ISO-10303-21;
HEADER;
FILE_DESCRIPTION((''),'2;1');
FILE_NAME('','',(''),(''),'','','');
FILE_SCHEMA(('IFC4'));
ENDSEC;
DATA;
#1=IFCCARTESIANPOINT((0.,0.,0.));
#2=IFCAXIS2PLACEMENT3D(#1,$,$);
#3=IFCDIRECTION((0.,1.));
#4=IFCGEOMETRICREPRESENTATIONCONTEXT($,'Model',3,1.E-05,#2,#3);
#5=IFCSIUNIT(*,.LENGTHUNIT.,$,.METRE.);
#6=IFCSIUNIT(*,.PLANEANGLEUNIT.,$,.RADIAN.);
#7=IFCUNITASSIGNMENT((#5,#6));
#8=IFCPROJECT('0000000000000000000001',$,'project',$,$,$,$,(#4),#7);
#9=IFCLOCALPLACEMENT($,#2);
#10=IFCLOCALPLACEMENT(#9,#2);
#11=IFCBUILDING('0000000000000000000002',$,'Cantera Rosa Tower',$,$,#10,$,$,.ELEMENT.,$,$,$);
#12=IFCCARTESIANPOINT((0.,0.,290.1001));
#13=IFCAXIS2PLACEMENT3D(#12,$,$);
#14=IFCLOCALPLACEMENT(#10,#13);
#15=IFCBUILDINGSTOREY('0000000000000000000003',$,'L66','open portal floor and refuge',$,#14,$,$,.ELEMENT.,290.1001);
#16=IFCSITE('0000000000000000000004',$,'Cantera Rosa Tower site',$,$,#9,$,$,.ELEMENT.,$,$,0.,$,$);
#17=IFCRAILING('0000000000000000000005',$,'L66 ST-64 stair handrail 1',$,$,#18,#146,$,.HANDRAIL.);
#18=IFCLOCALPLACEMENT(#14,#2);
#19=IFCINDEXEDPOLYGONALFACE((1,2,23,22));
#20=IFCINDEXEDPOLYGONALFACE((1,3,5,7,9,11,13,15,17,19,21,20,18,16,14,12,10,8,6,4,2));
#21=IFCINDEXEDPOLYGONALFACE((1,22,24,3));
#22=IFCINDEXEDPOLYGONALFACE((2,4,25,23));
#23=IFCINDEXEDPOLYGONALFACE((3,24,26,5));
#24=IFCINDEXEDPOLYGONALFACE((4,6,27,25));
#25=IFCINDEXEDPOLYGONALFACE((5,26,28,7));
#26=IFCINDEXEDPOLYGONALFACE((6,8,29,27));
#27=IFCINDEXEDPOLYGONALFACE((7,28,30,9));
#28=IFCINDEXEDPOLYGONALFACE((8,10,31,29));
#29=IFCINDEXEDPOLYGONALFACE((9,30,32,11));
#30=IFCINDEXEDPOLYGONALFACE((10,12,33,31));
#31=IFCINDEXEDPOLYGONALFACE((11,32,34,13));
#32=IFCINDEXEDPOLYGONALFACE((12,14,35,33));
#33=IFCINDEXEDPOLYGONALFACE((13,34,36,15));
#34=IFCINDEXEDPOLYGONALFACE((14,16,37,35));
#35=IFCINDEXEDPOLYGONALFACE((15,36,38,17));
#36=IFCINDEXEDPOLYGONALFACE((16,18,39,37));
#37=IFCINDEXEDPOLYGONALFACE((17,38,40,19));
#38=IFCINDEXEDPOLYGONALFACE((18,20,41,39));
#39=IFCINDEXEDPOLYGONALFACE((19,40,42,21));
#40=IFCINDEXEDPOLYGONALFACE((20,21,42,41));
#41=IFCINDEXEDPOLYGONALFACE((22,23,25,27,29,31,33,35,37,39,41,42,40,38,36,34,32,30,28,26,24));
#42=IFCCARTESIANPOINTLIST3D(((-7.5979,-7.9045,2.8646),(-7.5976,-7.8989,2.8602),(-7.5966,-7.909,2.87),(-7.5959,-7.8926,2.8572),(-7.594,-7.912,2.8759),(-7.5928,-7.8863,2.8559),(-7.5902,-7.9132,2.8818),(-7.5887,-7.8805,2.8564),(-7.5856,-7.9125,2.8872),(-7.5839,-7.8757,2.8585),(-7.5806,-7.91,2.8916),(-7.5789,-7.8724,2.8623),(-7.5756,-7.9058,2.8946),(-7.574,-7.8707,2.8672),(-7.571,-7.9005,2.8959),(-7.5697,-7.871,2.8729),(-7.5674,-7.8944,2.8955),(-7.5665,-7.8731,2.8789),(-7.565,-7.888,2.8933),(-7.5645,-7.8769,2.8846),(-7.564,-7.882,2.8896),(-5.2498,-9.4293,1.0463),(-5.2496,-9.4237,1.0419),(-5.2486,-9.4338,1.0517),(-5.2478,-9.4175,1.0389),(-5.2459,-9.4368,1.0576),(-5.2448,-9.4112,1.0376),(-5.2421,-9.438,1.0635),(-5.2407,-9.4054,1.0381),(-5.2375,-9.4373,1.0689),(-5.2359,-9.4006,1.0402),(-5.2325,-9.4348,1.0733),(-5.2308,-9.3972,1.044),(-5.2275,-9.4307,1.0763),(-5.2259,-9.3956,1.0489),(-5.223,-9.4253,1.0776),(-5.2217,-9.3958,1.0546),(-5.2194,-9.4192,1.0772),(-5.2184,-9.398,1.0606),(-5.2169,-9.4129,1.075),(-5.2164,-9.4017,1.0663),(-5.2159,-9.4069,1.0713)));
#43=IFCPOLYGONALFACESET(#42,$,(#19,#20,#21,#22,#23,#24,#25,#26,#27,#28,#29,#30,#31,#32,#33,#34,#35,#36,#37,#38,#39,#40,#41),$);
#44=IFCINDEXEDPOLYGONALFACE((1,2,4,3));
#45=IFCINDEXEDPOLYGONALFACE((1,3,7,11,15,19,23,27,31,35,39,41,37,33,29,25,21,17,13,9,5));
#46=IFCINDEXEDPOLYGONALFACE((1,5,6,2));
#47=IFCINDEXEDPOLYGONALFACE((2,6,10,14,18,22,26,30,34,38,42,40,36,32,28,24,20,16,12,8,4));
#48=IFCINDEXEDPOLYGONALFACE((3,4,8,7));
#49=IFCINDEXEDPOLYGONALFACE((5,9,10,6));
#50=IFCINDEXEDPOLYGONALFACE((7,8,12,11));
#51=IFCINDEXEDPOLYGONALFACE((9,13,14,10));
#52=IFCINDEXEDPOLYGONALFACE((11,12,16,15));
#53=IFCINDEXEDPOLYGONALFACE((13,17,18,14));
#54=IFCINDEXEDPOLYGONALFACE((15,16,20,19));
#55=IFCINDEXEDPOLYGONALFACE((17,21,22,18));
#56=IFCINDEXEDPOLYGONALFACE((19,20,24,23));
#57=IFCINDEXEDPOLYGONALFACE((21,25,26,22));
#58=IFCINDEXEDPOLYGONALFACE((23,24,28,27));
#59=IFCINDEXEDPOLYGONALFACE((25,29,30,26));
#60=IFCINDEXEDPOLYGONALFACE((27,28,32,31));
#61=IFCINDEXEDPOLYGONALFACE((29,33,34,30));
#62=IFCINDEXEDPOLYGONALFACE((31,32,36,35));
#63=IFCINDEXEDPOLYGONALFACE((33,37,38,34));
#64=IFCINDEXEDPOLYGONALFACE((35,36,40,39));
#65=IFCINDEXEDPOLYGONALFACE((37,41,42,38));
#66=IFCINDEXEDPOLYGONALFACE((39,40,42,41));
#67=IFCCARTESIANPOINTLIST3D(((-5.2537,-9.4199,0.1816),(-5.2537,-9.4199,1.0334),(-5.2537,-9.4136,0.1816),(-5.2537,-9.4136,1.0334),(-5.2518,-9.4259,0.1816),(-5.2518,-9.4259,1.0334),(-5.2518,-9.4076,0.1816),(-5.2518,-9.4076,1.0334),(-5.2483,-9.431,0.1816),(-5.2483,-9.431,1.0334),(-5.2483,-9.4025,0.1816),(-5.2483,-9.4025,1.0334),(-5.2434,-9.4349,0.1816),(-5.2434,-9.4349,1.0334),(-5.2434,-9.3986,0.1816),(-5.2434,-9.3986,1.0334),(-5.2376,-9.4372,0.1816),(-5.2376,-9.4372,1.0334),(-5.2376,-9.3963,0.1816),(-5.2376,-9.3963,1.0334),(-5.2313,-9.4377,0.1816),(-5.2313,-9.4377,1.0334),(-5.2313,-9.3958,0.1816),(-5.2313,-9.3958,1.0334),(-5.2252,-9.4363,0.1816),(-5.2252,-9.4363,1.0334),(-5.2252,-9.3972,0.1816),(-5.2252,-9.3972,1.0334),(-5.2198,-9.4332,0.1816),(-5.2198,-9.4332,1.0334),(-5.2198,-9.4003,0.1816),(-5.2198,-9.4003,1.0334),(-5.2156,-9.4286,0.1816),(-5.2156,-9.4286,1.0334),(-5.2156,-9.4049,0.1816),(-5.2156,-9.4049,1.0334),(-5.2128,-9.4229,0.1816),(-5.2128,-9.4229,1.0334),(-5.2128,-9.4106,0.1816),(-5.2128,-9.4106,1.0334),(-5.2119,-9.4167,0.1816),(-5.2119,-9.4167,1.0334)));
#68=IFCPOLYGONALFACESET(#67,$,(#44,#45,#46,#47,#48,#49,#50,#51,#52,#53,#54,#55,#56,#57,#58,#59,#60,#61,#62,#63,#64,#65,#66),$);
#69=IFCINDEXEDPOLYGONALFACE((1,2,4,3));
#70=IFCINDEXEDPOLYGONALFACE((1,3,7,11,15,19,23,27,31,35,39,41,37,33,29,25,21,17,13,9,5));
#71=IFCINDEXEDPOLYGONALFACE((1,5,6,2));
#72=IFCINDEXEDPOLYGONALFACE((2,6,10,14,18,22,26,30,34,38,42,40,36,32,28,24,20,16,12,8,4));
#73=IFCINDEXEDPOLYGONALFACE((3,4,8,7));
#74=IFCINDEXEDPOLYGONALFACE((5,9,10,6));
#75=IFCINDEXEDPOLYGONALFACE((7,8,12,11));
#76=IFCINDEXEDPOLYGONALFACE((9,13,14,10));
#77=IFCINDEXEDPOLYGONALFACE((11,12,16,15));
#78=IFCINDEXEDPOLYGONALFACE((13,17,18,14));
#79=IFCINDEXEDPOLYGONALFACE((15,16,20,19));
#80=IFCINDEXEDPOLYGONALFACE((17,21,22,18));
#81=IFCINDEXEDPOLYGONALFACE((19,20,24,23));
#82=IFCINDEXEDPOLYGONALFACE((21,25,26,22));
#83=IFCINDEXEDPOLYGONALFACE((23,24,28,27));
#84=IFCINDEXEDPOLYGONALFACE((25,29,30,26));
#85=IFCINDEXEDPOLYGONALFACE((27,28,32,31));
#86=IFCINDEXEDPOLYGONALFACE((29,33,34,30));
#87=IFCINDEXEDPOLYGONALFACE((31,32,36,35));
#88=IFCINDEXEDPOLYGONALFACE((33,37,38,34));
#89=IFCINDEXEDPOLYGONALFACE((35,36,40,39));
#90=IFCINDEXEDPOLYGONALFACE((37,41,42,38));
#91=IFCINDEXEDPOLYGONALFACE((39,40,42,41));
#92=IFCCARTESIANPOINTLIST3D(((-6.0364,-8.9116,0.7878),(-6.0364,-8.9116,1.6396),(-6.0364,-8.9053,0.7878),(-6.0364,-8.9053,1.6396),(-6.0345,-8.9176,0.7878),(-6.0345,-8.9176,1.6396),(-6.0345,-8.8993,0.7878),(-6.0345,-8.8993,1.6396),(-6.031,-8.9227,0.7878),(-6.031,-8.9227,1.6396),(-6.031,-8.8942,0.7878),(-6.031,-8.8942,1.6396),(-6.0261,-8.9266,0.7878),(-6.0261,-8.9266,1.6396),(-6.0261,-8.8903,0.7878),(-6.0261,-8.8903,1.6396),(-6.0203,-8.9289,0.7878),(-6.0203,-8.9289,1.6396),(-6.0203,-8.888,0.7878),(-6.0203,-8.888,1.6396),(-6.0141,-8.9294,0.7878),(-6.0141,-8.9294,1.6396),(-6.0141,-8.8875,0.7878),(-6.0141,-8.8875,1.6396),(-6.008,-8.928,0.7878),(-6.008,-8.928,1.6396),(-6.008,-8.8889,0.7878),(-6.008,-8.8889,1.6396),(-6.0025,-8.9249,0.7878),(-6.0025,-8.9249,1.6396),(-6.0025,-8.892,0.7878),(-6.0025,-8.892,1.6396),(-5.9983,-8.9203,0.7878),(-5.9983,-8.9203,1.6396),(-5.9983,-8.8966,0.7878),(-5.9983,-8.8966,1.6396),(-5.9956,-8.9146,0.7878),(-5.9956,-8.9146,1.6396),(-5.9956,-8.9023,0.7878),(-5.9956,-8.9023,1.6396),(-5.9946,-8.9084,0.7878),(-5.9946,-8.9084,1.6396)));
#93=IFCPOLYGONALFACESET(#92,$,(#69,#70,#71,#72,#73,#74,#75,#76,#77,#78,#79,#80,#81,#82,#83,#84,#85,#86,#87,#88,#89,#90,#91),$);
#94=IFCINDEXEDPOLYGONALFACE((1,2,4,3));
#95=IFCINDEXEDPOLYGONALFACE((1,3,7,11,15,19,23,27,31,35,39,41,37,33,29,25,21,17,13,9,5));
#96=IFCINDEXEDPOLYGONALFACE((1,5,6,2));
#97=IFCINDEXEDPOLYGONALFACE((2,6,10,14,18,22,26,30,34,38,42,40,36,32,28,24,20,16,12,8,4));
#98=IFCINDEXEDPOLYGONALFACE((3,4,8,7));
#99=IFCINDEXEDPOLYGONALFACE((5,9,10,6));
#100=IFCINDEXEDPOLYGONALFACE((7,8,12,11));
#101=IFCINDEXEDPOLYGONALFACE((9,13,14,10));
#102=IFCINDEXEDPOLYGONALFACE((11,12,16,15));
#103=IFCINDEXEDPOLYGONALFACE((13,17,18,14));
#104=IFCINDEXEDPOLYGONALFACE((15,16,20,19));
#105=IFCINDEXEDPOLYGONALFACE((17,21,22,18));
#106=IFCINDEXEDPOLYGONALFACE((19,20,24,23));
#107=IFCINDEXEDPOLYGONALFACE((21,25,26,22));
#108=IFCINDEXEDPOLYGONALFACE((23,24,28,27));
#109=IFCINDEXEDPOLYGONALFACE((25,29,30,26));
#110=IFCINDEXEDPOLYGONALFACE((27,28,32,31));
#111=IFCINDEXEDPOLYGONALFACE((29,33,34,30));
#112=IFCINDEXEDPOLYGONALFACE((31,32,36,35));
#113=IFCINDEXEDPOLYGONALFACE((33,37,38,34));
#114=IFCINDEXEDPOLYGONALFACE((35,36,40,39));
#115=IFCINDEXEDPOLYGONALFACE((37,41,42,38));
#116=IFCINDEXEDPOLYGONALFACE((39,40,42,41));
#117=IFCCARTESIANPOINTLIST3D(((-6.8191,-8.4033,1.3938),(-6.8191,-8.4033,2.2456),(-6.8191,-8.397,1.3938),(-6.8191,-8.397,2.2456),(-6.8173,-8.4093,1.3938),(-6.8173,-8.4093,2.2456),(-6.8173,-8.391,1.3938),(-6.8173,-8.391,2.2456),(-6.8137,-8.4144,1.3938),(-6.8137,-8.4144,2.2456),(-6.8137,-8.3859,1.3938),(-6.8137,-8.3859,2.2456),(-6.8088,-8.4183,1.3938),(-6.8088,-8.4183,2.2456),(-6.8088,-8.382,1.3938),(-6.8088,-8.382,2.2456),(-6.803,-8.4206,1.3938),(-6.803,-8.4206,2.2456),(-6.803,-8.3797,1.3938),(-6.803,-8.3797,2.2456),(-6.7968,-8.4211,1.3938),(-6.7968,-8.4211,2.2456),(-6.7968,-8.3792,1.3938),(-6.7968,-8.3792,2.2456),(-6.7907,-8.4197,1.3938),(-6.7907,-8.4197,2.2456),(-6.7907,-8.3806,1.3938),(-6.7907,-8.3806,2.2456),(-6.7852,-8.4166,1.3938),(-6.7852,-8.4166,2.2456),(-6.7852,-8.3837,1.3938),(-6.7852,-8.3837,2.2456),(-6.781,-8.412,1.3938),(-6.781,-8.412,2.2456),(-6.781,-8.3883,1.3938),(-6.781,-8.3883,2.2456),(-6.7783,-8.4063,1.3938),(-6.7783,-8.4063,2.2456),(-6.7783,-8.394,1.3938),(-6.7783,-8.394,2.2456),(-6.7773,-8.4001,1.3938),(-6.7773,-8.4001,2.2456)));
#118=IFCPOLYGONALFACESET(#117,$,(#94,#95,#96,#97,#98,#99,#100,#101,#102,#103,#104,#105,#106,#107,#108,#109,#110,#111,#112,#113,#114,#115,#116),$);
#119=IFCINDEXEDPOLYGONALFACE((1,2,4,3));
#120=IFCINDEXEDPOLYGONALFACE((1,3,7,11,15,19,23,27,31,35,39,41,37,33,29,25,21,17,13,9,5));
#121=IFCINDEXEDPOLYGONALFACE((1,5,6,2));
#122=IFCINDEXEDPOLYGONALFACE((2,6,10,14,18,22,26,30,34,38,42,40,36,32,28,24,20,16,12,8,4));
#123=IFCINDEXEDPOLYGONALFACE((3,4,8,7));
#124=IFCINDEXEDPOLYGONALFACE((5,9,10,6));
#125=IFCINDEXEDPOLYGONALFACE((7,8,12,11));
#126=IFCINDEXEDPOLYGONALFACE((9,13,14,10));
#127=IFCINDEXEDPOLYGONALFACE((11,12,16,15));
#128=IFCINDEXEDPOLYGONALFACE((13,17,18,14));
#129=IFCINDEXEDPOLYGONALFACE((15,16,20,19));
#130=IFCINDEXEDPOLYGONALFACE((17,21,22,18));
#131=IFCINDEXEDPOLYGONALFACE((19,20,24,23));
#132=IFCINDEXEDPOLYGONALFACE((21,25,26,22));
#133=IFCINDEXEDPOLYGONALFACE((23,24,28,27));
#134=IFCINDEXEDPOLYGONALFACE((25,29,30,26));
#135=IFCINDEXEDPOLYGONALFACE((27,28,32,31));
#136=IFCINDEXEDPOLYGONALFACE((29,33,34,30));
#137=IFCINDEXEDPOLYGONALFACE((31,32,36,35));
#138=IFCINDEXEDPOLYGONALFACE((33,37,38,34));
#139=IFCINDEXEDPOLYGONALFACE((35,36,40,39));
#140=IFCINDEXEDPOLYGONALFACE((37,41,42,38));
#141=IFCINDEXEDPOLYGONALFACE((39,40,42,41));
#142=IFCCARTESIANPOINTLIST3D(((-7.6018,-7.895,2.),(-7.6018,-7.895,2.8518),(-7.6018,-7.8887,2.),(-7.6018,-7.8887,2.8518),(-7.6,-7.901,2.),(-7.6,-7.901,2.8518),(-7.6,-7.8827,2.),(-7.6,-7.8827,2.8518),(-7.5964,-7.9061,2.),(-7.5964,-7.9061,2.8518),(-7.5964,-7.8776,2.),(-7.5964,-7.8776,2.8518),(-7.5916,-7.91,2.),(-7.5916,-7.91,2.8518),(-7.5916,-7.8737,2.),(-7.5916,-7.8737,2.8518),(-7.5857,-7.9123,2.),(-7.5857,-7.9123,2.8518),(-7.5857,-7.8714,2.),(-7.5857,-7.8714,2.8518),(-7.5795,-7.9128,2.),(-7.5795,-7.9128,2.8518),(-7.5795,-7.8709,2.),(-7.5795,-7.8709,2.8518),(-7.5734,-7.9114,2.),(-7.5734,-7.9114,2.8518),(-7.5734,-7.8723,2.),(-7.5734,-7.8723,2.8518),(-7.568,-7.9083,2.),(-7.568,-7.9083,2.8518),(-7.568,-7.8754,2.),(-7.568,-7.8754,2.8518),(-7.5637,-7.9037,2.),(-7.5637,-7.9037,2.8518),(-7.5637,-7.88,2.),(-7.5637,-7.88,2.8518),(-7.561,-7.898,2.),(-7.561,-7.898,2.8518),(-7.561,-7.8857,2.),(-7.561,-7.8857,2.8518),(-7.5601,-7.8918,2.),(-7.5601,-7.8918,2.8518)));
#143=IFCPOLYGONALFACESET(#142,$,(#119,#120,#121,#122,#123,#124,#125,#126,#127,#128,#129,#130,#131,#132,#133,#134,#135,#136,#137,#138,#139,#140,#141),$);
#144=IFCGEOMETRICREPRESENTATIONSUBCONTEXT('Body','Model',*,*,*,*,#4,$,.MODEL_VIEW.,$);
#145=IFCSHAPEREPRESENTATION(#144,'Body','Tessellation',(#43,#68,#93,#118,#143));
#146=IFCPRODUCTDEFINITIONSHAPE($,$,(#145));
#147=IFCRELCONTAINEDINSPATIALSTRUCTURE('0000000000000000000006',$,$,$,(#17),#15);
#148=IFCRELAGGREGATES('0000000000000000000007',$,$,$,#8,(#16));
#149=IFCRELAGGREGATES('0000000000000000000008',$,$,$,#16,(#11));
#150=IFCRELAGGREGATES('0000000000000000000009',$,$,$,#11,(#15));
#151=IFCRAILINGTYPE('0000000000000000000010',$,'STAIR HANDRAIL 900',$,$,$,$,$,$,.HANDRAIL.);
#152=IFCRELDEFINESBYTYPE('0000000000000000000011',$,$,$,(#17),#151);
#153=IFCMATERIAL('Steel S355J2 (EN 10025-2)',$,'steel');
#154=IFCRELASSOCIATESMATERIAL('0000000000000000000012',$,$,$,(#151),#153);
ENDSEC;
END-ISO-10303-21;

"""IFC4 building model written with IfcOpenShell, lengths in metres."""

from ifc_helpers import new_model, si_unit, direction, frame, origin, origin_2d, place, context, subcontext, project, spatial, circle, extrude, material, type_object, element, save


model = new_model("IFC4")

# Units and contexts
model_context = context("Model", 3, precision=1e-05, world=origin(), true_north=direction((0.0, 1.0)))
body_context = subcontext(model_context, "Body", "Model", "MODEL_VIEW")
ifc_project = project(units=[si_unit("LENGTHUNIT", "METRE"), si_unit("PLANEANGLEUNIT", "RADIAN")], contexts=[model_context])

# Site, building, storey
site_placement = place(None, origin())
site = spatial("IfcSite", under=ifc_project, at=site_placement, Name="Cantera Rosa Tower site", CompositionType="ELEMENT", RefElevation=0.0)
building_placement = place(site_placement, origin())
building = spatial("IfcBuilding", under=site, at=building_placement, Name="Cantera Rosa Tower", CompositionType="ELEMENT")
storey_placement = place(building_placement, frame((0.0, 0.0, 290.1001)))
storey = spatial("IfcBuildingStorey", under=building, at=storey_placement, Name="L66", Description="open portal floor and refuge", CompositionType="ELEMENT", Elevation=290.1001)

# Railing
ifc_material_1 = material(Name="Steel S355J2 (EN 10025-2)", Category="steel")
railing_type_1 = type_object("IfcRailingType", Name="STAIR HANDRAIL 900", PredefinedType="HANDRAIL", material=ifc_material_1)
for number, where, name in (
    (1, (-5.2329, -9.4167, 0.1816), "L66 ST-64 stair handrail 1"),
):
    element("IfcRailing", number, at=place(storey_placement, frame(where)), inside=storey, type_object=railing_type_1, Name=name, PredefinedType="HANDRAIL", context=body_context, shape_type="SweptSolid", body=[
        extrude(circle(Radius=0.0239, at=origin_2d()), frame((0.0, 0.0, 0.876), z_axis=(-0.703354, 0.456764, 0.544665), x_axis=(-0.544639, -0.838671, 0.0)), (0.0, 0.0, 1.0), 3.3384),
        extrude(circle(Radius=0.021, at=origin_2d()), origin(), (0.0, 0.0, 1.0), 0.8518),
        extrude(circle(Radius=0.021, at=origin_2d()), frame((-0.7827, 0.5083, 0.6062)), (0.0, 0.0, 1.0), 0.8518),
        extrude(circle(Radius=0.021, at=origin_2d()), frame((-1.5654, 1.0166, 1.2122)), (0.0, 0.0, 1.0), 0.8518),
        extrude(circle(Radius=0.021, at=origin_2d()), frame((-2.3481, 1.5249, 1.8184)), (0.0, 0.0, 1.0), 0.8518),
    ])

save(model, "model.ifc")
